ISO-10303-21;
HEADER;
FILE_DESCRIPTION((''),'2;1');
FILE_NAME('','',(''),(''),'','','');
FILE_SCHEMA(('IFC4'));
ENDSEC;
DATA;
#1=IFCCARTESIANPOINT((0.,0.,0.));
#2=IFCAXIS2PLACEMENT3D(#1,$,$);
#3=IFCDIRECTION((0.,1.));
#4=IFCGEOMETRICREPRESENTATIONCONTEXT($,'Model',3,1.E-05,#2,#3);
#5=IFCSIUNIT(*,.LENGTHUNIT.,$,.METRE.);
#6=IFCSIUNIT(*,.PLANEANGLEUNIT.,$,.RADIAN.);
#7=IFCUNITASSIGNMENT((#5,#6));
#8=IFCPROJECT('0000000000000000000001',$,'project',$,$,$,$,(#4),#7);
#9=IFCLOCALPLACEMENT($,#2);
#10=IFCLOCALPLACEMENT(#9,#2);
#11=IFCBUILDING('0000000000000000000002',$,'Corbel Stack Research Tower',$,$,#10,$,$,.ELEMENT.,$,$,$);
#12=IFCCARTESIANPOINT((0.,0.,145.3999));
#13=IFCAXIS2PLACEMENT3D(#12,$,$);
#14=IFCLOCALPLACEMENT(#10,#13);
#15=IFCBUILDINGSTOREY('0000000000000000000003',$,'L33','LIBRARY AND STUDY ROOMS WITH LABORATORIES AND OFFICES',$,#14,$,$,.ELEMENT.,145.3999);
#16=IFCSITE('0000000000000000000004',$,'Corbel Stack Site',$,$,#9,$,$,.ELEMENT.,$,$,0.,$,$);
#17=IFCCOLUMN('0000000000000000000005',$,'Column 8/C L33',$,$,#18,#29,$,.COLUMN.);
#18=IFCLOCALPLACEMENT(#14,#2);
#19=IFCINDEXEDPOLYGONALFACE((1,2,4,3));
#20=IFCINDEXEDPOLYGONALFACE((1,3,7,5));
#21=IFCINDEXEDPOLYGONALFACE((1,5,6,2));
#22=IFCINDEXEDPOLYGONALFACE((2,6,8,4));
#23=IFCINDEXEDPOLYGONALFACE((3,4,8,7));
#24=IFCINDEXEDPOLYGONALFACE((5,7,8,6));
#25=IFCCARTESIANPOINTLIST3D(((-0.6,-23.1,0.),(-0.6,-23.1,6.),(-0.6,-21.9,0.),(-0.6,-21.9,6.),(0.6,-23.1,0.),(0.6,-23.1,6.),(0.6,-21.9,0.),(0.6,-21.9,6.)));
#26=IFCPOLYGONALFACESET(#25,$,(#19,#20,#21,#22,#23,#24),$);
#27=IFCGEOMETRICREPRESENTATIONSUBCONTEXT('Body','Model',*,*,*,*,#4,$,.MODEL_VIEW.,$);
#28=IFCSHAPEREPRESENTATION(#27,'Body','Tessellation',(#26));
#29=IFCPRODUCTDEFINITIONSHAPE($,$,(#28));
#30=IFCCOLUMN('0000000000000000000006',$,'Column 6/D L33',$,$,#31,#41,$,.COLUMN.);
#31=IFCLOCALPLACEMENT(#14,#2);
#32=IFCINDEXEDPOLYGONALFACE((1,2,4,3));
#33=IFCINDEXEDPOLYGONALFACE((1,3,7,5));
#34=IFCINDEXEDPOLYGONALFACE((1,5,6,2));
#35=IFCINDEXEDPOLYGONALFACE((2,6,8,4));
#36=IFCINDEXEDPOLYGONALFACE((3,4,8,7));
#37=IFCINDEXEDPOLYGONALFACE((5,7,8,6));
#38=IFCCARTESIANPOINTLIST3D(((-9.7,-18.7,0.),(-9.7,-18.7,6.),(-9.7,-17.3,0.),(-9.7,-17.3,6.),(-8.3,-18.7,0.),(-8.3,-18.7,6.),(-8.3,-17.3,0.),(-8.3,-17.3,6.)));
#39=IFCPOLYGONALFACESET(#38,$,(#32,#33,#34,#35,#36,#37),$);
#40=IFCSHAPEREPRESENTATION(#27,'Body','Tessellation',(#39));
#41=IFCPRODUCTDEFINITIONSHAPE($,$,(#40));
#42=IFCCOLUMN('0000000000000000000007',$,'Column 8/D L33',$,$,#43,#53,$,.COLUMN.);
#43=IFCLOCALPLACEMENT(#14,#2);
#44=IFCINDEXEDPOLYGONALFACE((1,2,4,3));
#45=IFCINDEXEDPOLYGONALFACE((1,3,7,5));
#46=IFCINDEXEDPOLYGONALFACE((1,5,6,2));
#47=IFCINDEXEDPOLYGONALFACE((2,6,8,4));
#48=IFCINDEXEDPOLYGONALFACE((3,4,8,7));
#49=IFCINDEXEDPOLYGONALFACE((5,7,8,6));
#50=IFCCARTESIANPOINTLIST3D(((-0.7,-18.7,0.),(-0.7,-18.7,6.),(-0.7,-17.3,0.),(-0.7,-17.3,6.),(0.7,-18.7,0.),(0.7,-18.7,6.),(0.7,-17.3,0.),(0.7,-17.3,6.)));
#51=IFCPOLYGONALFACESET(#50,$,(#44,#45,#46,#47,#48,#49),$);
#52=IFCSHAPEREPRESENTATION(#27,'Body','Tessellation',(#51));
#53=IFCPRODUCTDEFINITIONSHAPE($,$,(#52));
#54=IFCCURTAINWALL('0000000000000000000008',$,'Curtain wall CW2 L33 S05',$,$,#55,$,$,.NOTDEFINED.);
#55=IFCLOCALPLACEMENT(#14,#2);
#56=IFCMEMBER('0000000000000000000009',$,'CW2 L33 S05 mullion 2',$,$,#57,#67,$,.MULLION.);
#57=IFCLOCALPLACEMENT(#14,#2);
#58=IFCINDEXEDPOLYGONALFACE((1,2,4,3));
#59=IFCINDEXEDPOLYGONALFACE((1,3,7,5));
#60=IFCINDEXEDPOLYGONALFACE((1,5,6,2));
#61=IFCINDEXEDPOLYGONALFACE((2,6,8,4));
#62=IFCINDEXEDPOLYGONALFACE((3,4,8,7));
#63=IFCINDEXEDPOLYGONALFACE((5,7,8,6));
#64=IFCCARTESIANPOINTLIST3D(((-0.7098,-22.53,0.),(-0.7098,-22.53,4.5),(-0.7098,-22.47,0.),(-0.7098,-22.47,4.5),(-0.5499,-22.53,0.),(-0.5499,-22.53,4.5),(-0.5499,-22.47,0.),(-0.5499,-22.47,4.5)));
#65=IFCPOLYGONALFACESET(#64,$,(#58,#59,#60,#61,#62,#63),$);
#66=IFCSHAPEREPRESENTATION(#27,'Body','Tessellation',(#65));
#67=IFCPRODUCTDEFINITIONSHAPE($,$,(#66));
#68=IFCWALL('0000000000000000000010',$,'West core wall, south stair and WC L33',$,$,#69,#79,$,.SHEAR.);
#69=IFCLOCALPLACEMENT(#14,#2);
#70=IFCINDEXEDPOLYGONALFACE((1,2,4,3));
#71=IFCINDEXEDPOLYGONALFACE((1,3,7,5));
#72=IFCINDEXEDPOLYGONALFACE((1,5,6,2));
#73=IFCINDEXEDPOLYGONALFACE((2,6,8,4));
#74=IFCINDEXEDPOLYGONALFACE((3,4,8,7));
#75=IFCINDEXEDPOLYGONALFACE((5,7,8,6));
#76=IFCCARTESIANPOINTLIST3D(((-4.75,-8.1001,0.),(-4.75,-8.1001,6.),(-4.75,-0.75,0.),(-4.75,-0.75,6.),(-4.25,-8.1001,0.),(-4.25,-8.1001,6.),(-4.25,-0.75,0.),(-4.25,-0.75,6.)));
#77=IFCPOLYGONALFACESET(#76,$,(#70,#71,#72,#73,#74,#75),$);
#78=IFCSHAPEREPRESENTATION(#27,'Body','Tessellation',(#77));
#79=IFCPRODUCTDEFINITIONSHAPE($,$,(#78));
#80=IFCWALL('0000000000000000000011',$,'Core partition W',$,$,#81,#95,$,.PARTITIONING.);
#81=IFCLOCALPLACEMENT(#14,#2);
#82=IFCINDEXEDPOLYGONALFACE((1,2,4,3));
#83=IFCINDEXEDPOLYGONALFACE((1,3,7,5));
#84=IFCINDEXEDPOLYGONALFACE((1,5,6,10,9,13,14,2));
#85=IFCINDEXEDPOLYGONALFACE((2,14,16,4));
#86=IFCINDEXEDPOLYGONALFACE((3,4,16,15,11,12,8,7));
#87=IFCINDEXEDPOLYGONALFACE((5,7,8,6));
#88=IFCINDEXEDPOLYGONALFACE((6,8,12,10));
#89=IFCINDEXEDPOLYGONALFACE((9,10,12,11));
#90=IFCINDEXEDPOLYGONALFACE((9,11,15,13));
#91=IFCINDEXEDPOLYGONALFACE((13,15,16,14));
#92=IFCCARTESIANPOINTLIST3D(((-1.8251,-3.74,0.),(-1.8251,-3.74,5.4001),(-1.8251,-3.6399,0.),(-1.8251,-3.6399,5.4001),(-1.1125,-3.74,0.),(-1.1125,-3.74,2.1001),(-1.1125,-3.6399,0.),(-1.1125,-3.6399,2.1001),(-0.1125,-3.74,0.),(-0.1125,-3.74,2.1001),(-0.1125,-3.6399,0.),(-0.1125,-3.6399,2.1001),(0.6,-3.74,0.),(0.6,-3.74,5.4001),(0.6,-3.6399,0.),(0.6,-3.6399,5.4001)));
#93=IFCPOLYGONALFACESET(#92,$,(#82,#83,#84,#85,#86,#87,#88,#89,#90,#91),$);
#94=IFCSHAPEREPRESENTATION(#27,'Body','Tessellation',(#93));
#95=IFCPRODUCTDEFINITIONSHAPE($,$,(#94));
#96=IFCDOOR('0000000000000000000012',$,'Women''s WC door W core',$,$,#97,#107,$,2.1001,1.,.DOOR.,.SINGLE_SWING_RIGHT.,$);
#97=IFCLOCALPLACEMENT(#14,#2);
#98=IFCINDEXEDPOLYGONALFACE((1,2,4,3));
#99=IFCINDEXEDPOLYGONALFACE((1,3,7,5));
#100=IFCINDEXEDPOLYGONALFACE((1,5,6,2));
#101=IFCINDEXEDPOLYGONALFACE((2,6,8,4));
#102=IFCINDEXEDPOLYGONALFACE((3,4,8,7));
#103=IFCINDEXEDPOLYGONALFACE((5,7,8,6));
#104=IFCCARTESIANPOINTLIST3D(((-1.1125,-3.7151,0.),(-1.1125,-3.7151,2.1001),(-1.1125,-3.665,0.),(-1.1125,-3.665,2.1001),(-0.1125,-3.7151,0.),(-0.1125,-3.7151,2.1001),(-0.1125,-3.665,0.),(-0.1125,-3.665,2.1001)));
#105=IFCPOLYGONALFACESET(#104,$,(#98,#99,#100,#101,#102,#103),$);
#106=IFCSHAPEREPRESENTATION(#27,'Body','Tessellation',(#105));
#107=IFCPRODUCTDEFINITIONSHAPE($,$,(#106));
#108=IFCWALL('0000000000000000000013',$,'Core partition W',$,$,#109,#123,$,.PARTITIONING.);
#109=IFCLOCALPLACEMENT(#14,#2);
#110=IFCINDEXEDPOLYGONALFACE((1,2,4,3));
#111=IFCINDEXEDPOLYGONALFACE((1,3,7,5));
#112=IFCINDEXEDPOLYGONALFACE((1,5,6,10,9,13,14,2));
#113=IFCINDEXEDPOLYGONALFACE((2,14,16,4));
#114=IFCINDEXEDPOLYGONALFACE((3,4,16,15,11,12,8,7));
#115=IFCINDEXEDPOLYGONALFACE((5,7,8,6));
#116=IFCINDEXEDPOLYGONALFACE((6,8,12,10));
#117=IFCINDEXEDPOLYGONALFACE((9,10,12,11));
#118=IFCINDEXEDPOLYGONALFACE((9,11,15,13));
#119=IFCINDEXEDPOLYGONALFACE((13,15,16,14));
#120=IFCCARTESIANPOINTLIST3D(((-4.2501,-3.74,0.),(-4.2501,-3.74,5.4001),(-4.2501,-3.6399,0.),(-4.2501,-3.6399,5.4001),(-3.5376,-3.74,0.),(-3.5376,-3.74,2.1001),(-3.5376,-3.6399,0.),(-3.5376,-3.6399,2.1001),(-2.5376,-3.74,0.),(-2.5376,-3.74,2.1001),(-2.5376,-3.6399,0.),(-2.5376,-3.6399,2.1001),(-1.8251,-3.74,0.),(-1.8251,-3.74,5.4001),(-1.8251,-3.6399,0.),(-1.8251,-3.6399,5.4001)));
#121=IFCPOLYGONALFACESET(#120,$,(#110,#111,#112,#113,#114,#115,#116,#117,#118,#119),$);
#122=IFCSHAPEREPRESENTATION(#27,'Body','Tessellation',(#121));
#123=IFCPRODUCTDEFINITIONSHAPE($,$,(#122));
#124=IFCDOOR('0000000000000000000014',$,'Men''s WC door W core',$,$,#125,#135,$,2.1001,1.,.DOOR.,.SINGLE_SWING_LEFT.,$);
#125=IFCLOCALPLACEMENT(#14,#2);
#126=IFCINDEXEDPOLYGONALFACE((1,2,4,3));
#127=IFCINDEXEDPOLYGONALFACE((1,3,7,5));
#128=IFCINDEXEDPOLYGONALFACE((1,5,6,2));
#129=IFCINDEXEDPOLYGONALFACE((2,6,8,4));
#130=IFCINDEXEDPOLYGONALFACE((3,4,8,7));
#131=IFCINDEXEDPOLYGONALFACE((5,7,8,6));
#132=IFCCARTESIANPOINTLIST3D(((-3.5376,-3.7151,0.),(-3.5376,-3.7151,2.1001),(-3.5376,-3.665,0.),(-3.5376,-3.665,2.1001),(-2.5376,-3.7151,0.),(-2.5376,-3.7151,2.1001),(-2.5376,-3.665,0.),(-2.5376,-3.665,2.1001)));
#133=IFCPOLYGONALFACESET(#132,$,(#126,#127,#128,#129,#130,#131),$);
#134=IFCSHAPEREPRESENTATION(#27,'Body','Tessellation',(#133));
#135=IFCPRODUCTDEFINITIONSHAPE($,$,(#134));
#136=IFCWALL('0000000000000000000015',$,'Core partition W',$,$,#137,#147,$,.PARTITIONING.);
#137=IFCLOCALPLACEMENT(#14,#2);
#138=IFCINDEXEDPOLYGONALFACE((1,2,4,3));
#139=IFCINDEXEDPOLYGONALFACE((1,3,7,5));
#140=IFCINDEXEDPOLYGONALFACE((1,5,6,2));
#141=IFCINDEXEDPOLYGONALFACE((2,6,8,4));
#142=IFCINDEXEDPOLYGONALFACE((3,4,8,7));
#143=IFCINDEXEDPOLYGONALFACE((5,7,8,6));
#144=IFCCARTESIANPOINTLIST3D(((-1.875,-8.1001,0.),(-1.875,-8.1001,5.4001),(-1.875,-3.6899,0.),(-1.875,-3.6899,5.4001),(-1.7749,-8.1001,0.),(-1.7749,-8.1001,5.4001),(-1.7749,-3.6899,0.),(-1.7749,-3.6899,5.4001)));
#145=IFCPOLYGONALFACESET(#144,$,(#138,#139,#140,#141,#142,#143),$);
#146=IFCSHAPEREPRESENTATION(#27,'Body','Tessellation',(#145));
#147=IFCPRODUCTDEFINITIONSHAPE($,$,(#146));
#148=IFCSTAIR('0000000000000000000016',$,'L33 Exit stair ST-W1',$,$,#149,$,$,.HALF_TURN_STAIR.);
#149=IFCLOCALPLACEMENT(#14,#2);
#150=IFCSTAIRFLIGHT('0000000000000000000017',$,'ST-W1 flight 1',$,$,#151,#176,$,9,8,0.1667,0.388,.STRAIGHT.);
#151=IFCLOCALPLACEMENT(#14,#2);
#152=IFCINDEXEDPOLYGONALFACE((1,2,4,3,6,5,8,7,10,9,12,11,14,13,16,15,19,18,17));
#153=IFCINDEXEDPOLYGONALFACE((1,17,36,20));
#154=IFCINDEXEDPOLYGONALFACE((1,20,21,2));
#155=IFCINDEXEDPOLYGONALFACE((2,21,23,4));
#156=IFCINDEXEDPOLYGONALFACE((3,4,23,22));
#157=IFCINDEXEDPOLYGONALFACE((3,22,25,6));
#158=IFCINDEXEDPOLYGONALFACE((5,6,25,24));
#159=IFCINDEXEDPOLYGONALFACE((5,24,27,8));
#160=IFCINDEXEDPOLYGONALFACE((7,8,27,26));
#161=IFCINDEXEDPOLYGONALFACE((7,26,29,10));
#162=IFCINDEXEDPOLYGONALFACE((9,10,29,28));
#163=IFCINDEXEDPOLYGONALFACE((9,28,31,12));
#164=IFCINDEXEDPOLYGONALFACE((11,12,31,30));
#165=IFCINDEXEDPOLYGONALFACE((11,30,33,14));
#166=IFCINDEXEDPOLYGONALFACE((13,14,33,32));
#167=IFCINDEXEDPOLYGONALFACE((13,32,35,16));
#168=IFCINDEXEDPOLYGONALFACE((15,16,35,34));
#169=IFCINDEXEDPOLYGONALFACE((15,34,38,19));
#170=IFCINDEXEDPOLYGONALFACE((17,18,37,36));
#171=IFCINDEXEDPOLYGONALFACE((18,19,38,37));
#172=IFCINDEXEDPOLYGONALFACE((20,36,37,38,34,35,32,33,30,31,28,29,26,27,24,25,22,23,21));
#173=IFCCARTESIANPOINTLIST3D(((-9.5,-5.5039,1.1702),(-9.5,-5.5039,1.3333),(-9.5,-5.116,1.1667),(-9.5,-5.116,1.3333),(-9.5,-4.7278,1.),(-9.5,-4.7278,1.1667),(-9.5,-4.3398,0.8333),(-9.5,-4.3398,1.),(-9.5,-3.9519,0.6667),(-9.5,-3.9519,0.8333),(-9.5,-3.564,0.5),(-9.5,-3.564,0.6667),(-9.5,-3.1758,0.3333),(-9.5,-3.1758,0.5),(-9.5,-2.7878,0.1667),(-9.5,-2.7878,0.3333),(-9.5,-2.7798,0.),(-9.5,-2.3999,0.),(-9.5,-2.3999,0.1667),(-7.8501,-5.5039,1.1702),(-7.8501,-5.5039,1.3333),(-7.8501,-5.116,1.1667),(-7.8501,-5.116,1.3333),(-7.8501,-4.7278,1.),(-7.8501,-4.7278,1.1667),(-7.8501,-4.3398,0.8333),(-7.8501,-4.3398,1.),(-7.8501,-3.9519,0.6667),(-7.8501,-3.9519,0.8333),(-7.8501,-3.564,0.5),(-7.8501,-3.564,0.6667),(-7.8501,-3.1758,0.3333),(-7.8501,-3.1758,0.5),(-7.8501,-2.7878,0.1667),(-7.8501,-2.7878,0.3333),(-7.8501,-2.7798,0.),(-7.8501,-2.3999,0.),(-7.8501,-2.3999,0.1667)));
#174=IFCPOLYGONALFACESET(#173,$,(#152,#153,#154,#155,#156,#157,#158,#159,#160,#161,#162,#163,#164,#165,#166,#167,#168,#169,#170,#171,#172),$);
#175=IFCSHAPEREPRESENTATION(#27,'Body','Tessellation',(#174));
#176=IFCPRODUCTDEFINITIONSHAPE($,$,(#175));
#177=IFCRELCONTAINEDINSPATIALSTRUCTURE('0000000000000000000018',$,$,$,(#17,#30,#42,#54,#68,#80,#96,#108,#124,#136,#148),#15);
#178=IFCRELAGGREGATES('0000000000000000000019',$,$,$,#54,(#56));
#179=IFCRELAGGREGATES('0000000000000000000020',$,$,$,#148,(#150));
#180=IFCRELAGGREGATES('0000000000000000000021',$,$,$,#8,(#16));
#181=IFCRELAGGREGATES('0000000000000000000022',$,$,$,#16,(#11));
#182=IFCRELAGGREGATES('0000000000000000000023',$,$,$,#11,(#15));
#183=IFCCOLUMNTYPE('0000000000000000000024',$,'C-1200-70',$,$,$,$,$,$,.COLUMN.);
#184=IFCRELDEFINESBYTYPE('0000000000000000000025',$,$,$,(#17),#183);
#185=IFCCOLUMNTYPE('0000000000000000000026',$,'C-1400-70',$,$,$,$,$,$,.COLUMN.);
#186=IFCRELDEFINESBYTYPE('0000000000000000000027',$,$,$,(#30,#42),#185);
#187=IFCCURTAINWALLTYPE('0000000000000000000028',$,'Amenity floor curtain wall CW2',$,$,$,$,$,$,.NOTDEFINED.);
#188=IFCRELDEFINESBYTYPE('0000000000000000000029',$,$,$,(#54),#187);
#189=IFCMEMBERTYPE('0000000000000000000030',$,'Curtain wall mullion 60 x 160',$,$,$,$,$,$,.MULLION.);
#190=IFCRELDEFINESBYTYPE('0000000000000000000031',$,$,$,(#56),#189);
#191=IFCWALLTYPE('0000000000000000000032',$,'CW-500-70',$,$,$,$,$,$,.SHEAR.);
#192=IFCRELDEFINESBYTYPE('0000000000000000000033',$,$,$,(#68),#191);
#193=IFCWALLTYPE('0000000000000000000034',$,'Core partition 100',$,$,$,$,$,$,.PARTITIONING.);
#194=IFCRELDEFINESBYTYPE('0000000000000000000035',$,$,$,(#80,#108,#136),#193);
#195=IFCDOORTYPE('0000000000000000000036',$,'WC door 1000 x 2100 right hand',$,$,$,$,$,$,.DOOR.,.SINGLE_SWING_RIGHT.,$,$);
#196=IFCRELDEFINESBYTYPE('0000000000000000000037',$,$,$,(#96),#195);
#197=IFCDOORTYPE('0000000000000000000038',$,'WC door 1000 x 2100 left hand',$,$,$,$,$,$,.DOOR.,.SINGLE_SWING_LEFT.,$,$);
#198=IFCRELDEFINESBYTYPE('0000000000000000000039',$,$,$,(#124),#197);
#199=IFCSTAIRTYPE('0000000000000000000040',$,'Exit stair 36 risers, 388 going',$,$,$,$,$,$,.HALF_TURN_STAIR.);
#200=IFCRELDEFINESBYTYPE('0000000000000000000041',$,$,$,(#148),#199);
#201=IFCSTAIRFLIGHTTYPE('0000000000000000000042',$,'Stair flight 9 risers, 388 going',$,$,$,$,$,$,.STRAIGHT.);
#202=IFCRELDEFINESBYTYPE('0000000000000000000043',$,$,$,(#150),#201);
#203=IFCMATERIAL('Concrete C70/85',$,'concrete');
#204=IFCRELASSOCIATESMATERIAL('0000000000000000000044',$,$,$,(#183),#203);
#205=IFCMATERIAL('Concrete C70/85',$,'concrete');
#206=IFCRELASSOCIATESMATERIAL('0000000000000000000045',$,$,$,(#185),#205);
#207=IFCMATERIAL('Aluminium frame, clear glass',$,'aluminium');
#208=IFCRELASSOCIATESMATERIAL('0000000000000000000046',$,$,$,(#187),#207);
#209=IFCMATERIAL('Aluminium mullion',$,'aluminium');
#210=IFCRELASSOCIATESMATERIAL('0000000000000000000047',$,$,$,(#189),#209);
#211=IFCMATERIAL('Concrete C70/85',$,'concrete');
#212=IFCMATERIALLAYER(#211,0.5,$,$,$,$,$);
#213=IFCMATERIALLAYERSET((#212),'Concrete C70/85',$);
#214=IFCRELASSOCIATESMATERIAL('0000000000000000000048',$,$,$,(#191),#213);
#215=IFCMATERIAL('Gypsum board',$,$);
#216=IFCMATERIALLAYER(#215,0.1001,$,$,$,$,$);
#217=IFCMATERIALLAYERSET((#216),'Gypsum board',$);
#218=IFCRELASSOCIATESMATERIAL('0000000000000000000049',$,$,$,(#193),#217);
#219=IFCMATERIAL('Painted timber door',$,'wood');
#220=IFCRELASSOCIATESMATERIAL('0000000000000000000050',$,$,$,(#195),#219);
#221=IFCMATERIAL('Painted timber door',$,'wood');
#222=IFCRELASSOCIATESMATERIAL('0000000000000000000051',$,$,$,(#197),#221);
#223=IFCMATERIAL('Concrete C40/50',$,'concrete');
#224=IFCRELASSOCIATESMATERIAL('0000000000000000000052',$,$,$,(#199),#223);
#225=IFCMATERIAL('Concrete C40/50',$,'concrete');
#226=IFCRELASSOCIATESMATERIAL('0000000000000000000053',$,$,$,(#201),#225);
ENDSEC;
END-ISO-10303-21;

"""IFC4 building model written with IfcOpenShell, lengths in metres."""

from ifc_helpers import new_model, si_unit, direction, frame, frame_2d, origin, origin_2d, place, context, subcontext, project, spatial, polyline, rectangle, outline, extrude, material, layer, layer_set, material_profile, profile_set, type_object, element, fill, aggregate, save


model = new_model("IFC4")

# Units and contexts
model_context = context("Model", 3, precision=1e-05, world=origin(), true_north=direction((0.0, 1.0)))
body_context = subcontext(model_context, "Body", "Model", "MODEL_VIEW")
ifc_project = project(units=[si_unit("LENGTHUNIT", "METRE"), si_unit("PLANEANGLEUNIT", "RADIAN")], contexts=[model_context])

# Site, building, storey
site_placement = place(None, origin())
site = spatial("IfcSite", under=ifc_project, at=site_placement, Name="Corbel Stack Site", CompositionType="ELEMENT", RefElevation=0.0)
building_placement = place(site_placement, origin())
building = spatial("IfcBuilding", under=site, at=building_placement, Name="Corbel Stack Research Tower", CompositionType="ELEMENT")
storey_placement = place(building_placement, frame((0.0, 0.0, 145.3999)))
storey = spatial("IfcBuildingStorey", under=building, at=storey_placement, Name="L33", Description="LIBRARY AND STUDY ROOMS WITH LABORATORIES AND OFFICES", CompositionType="ELEMENT", Elevation=145.3999)

# Columns
ifc_material_1 = material(Name="Concrete C70/85", Category="concrete")
ifc_material_profile_1 = material_profile(ifc_material_1, rectangle(XDim=1.2, YDim=1.2, at=origin_2d()), Name="RC 1200 x 1200")
ifc_profile_set_1 = profile_set([ifc_material_profile_1], Name="Concrete C70/85")
column_type_1 = type_object("IfcColumnType", Name="C-1200-70", PredefinedType="COLUMN", material=ifc_profile_set_1)
column_placement = place(storey_placement, frame((0.0, -22.5, 0.0), z_axis=(0.0, 0.0, 1.0), x_axis=(1.0, 0.0, 0.0)))
element("IfcColumn", 1, at=column_placement, inside=storey, type_object=column_type_1, Name="Column 8/C L33", PredefinedType="COLUMN", context=body_context, shape_type="SweptSolid", body=[
    extrude(rectangle(XDim=1.2, YDim=1.2, at=origin_2d()), origin(), (0.0, 0.0, 1.0), 6.0),
])
ifc_material_2 = material(Name="Concrete C70/85", Category="concrete")
ifc_material_profile_2 = material_profile(ifc_material_2, rectangle(XDim=1.3999, YDim=1.3999, at=origin_2d()), Name="RC 1400 x 1400")
ifc_profile_set_2 = profile_set([ifc_material_profile_2], Name="Concrete C70/85")
column_type_2 = type_object("IfcColumnType", Name="C-1400-70", PredefinedType="COLUMN", material=ifc_profile_set_2)
for number, where, z_axis, x_axis, name in (
    (2, (-9.0, -18.0, 0.0), (0.0, 0.0, 1.0), (1.0, 0.0, 0.0), "Column 6/D L33"),
    (3, (0.0, -18.0, 0.0), (0.0, 0.0, 1.0), (1.0, 0.0, 0.0), "Column 8/D L33"),
):
    element("IfcColumn", number, at=place(storey_placement, frame(where, z_axis=z_axis, x_axis=x_axis)), inside=storey, type_object=column_type_2, Name=name, PredefinedType="COLUMN", context=body_context, shape_type="SweptSolid", body=[
        extrude(rectangle(XDim=1.3999, YDim=1.3999, at=origin_2d()), origin(), (0.0, 0.0, 1.0), 6.0),
    ])

# Curtain wall, member
ifc_material_3 = material(Name="Aluminium frame, clear glass", Category="aluminium")
curtain_wall_type = type_object("IfcCurtainWallType", Name="Amenity floor curtain wall CW2", PredefinedType="NOTDEFINED", material=ifc_material_3)
curtain_wall_placement = place(storey_placement, origin())
curtain_wall = element("IfcCurtainWall", 4, at=curtain_wall_placement, inside=storey, type_object=curtain_wall_type, Name="Curtain wall CW2 L33 S05", PredefinedType="NOTDEFINED")
ifc_material_4 = material(Name="Aluminium mullion", Category="aluminium")
ifc_material_profile_3 = material_profile(ifc_material_4, rectangle(XDim=0.0601, YDim=0.1599, at=origin_2d()), Name="Mullion 60 x 160")
ifc_profile_set_3 = profile_set([ifc_material_profile_3], Name="Aluminium mullion")
member_type = type_object("IfcMemberType", Name="Curtain wall mullion 60 x 160", PredefinedType="MULLION", material=ifc_profile_set_3)
member_placement = place(storey_placement, frame((-0.6299, -22.5, 0.0), z_axis=(0.0, 0.0, 1.0), x_axis=(0.0, 1.0, 0.0)))
member = element("IfcMember", 5, at=member_placement, type_object=member_type, Name="CW2 L33 S05 mullion 2", PredefinedType="MULLION", context=body_context, shape_type="SweptSolid", body=[
    extrude(rectangle(XDim=0.0601, YDim=0.1599, at=origin_2d()), origin(), (0.0, 0.0, 1.0), 4.5),
])
aggregate(curtain_wall, [member])

# Wall
ifc_material_5 = material(Name="Concrete C70/85", Category="concrete")
ifc_layer_1 = layer(ifc_material_5, 0.5)
ifc_layer_set_1 = layer_set([ifc_layer_1], Name="Concrete C70/85")
wall_type_1 = type_object("IfcWallType", Name="CW-500-70", PredefinedType="SHEAR", material=ifc_layer_set_1)
wall_1_placement = place(storey_placement, frame((-4.5, -8.1001, 0.0), z_axis=(0.0, 0.0, 1.0), x_axis=(0.0, 1.0, 0.0)))
element("IfcWall", 6, at=wall_1_placement, inside=storey, type_object=wall_type_1, Name="West core wall, south stair and WC L33", PredefinedType="SHEAR", context=body_context, shape_type="SweptSolid", body=[
    extrude(rectangle(XDim=7.3501, YDim=0.5, at=frame_2d((3.675, 0.0))), origin(), (0.0, 0.0, 1.0), 6.0),
])

# Walls, openings, doors
ifc_material_6 = material(Name="Gypsum board")
ifc_layer_2 = layer(ifc_material_6, 0.1001)
ifc_layer_set_2 = layer_set([ifc_layer_2], Name="Gypsum board")
wall_type_2 = type_object("IfcWallType", Name="Core partition 100", PredefinedType="PARTITIONING", material=ifc_layer_set_2)
wall_2_placement = place(storey_placement, frame((-1.825, -3.6899, 0.0), z_axis=(0.0, 0.0, 1.0), x_axis=(1.0, 0.0, 0.0)))
wall_2 = element("IfcWall", 7, at=wall_2_placement, inside=storey, type_object=wall_type_2, Name="Core partition W", PredefinedType="PARTITIONING", context=body_context, shape_type="SweptSolid", body=[
    extrude(rectangle(XDim=2.425, YDim=0.1001, at=frame_2d((1.2124, 0.0))), origin(), (0.0, 0.0, 1.0), 5.4001),
])
opening_1_placement = place(wall_2_placement, frame((0.7124, 0.0, 0.0)))
opening_1 = element("IfcOpeningElement", 8, at=opening_1_placement, cuts=wall_2, PredefinedType="OPENING", context=body_context, shape_type="SweptSolid", body=[
    extrude(rectangle(XDim=1.0, YDim=2.1001, at=frame_2d((0.5, 1.05))), frame((0.0, 0.0601, 0.0), z_axis=(0.0, -1.0, 0.0), x_axis=(1.0, 0.0, 0.0)), (0.0, 0.0, 1.0), 0.1201),
])
ifc_material_7 = material(Name="Painted timber door", Category="wood")
door_type_1 = type_object("IfcDoorType", Name="WC door 1000 x 2100 right hand", OperationType="SINGLE_SWING_RIGHT", PredefinedType="DOOR", material=ifc_material_7)
door_1_placement = place(opening_1_placement, origin())
door_1 = element("IfcDoor", 9, at=door_1_placement, inside=storey, type_object=door_type_1, Name="Women's WC door W core", OperationType="SINGLE_SWING_RIGHT", OverallHeight=2.1001, OverallWidth=1.0, PredefinedType="DOOR", context=body_context, shape_type="SweptSolid", body=[
    extrude(rectangle(XDim=1.0, YDim=2.1001, at=frame_2d((0.5, 1.05))), frame((0.0, 0.0249, 0.0), z_axis=(0.0, -1.0, 0.0), x_axis=(1.0, 0.0, 0.0)), (0.0, 0.0, 1.0), 0.05),
])
fill(opening_1, door_1)
wall_3_placement = place(storey_placement, frame((-4.25, -3.6899, 0.0), z_axis=(0.0, 0.0, 1.0), x_axis=(1.0, 0.0, 0.0)))
wall_3 = element("IfcWall", 10, at=wall_3_placement, inside=storey, type_object=wall_type_2, Name="Core partition W", PredefinedType="PARTITIONING", context=body_context, shape_type="SweptSolid", body=[
    extrude(rectangle(XDim=2.425, YDim=0.1001, at=frame_2d((1.2124, 0.0))), origin(), (0.0, 0.0, 1.0), 5.4001),
])
opening_2_placement = place(wall_3_placement, frame((0.7124, 0.0, 0.0)))
opening_2 = element("IfcOpeningElement", 11, at=opening_2_placement, cuts=wall_3, PredefinedType="OPENING", context=body_context, shape_type="SweptSolid", body=[
    extrude(rectangle(XDim=1.0, YDim=2.1001, at=frame_2d((0.5, 1.05))), frame((0.0, 0.0601, 0.0), z_axis=(0.0, -1.0, 0.0), x_axis=(1.0, 0.0, 0.0)), (0.0, 0.0, 1.0), 0.1201),
])
ifc_material_8 = material(Name="Painted timber door", Category="wood")
door_type_2 = type_object("IfcDoorType", Name="WC door 1000 x 2100 left hand", OperationType="SINGLE_SWING_LEFT", PredefinedType="DOOR", material=ifc_material_8)
door_2_placement = place(opening_2_placement, origin())
door_2 = element("IfcDoor", 12, at=door_2_placement, inside=storey, type_object=door_type_2, Name="Men's WC door W core", OperationType="SINGLE_SWING_LEFT", OverallHeight=2.1001, OverallWidth=1.0, PredefinedType="DOOR", context=body_context, shape_type="SweptSolid", body=[
    extrude(rectangle(XDim=1.0, YDim=2.1001, at=frame_2d((0.5, 1.05))), frame((0.0, 0.0249, 0.0), z_axis=(0.0, -1.0, 0.0), x_axis=(1.0, 0.0, 0.0)), (0.0, 0.0, 1.0), 0.05),
])
fill(opening_2, door_2)

# Wall
wall_4_placement = place(storey_placement, frame((-1.825, -8.1001, 0.0), z_axis=(0.0, 0.0, 1.0), x_axis=(0.0, 1.0, 0.0)))
element("IfcWall", 13, at=wall_4_placement, inside=storey, type_object=wall_type_2, Name="Core partition W", PredefinedType="PARTITIONING", context=body_context, shape_type="SweptSolid", body=[
    extrude(rectangle(XDim=4.4102, YDim=0.1001, at=frame_2d((2.2051, 0.0))), origin(), (0.0, 0.0, 1.0), 5.4001),
])

# Stair, stair flight
ifc_material_9 = material(Name="Concrete C40/50", Category="concrete")
stair_type = type_object("IfcStairType", Name="Exit stair 36 risers, 388 going", PredefinedType="HALF_TURN_STAIR", material=ifc_material_9)
stair_placement = place(storey_placement, origin())
stair = element("IfcStair", 14, at=stair_placement, inside=storey, type_object=stair_type, Name="L33 Exit stair ST-W1", PredefinedType="HALF_TURN_STAIR")
ifc_material_10 = material(Name="Concrete C40/50", Category="concrete")
stair_flight_type = type_object("IfcStairFlightType", Name="Stair flight 9 risers, 388 going", PredefinedType="STRAIGHT", material=ifc_material_10)
stair_flight_1_placement = place(storey_placement, frame((-8.675, -2.3999, 0.0), z_axis=(0.0, 0.0, 1.0), x_axis=(0.0, -1.0, 0.0)))
stair_flight_1 = element("IfcStairFlight", 15, at=stair_flight_1_placement, type_object=stair_flight_type, Name="ST-W1 flight 1", NumberOfRisers=9, NumberOfTreads=8, PredefinedType="STRAIGHT", RiserHeight=0.1667, TreadLength=0.388, context=body_context, shape_type="SweptSolid", body=[
    extrude(outline(polyline([(0.0, 0.0), (0.0, 0.1667), (0.3879, 0.1667), (0.3879, 0.3333), (0.7759, 0.3333), (0.7759, 0.5), (1.1641, 0.5), (1.1641, 0.6667), (1.552, 0.6667), (1.552, 0.8333), (1.9399, 0.8333), (1.9399, 1.0), (2.3279, 1.0), (2.3279, 1.1667), (2.7161, 1.1667), (2.7161, 1.3333), (3.104, 1.3333), (3.104, 1.5), (3.104, 1.1702), (0.3799, 0.0), (0.0, 0.0)])), frame((0.0, 0.825, 0.0), z_axis=(0.0, -1.0, 0.0), x_axis=(1.0, 0.0, 0.0)), (0.0, 0.0, 1.0), 1.6499),
])
aggregate(stair, [stair_flight_1])

save(model, "model.ifc")
